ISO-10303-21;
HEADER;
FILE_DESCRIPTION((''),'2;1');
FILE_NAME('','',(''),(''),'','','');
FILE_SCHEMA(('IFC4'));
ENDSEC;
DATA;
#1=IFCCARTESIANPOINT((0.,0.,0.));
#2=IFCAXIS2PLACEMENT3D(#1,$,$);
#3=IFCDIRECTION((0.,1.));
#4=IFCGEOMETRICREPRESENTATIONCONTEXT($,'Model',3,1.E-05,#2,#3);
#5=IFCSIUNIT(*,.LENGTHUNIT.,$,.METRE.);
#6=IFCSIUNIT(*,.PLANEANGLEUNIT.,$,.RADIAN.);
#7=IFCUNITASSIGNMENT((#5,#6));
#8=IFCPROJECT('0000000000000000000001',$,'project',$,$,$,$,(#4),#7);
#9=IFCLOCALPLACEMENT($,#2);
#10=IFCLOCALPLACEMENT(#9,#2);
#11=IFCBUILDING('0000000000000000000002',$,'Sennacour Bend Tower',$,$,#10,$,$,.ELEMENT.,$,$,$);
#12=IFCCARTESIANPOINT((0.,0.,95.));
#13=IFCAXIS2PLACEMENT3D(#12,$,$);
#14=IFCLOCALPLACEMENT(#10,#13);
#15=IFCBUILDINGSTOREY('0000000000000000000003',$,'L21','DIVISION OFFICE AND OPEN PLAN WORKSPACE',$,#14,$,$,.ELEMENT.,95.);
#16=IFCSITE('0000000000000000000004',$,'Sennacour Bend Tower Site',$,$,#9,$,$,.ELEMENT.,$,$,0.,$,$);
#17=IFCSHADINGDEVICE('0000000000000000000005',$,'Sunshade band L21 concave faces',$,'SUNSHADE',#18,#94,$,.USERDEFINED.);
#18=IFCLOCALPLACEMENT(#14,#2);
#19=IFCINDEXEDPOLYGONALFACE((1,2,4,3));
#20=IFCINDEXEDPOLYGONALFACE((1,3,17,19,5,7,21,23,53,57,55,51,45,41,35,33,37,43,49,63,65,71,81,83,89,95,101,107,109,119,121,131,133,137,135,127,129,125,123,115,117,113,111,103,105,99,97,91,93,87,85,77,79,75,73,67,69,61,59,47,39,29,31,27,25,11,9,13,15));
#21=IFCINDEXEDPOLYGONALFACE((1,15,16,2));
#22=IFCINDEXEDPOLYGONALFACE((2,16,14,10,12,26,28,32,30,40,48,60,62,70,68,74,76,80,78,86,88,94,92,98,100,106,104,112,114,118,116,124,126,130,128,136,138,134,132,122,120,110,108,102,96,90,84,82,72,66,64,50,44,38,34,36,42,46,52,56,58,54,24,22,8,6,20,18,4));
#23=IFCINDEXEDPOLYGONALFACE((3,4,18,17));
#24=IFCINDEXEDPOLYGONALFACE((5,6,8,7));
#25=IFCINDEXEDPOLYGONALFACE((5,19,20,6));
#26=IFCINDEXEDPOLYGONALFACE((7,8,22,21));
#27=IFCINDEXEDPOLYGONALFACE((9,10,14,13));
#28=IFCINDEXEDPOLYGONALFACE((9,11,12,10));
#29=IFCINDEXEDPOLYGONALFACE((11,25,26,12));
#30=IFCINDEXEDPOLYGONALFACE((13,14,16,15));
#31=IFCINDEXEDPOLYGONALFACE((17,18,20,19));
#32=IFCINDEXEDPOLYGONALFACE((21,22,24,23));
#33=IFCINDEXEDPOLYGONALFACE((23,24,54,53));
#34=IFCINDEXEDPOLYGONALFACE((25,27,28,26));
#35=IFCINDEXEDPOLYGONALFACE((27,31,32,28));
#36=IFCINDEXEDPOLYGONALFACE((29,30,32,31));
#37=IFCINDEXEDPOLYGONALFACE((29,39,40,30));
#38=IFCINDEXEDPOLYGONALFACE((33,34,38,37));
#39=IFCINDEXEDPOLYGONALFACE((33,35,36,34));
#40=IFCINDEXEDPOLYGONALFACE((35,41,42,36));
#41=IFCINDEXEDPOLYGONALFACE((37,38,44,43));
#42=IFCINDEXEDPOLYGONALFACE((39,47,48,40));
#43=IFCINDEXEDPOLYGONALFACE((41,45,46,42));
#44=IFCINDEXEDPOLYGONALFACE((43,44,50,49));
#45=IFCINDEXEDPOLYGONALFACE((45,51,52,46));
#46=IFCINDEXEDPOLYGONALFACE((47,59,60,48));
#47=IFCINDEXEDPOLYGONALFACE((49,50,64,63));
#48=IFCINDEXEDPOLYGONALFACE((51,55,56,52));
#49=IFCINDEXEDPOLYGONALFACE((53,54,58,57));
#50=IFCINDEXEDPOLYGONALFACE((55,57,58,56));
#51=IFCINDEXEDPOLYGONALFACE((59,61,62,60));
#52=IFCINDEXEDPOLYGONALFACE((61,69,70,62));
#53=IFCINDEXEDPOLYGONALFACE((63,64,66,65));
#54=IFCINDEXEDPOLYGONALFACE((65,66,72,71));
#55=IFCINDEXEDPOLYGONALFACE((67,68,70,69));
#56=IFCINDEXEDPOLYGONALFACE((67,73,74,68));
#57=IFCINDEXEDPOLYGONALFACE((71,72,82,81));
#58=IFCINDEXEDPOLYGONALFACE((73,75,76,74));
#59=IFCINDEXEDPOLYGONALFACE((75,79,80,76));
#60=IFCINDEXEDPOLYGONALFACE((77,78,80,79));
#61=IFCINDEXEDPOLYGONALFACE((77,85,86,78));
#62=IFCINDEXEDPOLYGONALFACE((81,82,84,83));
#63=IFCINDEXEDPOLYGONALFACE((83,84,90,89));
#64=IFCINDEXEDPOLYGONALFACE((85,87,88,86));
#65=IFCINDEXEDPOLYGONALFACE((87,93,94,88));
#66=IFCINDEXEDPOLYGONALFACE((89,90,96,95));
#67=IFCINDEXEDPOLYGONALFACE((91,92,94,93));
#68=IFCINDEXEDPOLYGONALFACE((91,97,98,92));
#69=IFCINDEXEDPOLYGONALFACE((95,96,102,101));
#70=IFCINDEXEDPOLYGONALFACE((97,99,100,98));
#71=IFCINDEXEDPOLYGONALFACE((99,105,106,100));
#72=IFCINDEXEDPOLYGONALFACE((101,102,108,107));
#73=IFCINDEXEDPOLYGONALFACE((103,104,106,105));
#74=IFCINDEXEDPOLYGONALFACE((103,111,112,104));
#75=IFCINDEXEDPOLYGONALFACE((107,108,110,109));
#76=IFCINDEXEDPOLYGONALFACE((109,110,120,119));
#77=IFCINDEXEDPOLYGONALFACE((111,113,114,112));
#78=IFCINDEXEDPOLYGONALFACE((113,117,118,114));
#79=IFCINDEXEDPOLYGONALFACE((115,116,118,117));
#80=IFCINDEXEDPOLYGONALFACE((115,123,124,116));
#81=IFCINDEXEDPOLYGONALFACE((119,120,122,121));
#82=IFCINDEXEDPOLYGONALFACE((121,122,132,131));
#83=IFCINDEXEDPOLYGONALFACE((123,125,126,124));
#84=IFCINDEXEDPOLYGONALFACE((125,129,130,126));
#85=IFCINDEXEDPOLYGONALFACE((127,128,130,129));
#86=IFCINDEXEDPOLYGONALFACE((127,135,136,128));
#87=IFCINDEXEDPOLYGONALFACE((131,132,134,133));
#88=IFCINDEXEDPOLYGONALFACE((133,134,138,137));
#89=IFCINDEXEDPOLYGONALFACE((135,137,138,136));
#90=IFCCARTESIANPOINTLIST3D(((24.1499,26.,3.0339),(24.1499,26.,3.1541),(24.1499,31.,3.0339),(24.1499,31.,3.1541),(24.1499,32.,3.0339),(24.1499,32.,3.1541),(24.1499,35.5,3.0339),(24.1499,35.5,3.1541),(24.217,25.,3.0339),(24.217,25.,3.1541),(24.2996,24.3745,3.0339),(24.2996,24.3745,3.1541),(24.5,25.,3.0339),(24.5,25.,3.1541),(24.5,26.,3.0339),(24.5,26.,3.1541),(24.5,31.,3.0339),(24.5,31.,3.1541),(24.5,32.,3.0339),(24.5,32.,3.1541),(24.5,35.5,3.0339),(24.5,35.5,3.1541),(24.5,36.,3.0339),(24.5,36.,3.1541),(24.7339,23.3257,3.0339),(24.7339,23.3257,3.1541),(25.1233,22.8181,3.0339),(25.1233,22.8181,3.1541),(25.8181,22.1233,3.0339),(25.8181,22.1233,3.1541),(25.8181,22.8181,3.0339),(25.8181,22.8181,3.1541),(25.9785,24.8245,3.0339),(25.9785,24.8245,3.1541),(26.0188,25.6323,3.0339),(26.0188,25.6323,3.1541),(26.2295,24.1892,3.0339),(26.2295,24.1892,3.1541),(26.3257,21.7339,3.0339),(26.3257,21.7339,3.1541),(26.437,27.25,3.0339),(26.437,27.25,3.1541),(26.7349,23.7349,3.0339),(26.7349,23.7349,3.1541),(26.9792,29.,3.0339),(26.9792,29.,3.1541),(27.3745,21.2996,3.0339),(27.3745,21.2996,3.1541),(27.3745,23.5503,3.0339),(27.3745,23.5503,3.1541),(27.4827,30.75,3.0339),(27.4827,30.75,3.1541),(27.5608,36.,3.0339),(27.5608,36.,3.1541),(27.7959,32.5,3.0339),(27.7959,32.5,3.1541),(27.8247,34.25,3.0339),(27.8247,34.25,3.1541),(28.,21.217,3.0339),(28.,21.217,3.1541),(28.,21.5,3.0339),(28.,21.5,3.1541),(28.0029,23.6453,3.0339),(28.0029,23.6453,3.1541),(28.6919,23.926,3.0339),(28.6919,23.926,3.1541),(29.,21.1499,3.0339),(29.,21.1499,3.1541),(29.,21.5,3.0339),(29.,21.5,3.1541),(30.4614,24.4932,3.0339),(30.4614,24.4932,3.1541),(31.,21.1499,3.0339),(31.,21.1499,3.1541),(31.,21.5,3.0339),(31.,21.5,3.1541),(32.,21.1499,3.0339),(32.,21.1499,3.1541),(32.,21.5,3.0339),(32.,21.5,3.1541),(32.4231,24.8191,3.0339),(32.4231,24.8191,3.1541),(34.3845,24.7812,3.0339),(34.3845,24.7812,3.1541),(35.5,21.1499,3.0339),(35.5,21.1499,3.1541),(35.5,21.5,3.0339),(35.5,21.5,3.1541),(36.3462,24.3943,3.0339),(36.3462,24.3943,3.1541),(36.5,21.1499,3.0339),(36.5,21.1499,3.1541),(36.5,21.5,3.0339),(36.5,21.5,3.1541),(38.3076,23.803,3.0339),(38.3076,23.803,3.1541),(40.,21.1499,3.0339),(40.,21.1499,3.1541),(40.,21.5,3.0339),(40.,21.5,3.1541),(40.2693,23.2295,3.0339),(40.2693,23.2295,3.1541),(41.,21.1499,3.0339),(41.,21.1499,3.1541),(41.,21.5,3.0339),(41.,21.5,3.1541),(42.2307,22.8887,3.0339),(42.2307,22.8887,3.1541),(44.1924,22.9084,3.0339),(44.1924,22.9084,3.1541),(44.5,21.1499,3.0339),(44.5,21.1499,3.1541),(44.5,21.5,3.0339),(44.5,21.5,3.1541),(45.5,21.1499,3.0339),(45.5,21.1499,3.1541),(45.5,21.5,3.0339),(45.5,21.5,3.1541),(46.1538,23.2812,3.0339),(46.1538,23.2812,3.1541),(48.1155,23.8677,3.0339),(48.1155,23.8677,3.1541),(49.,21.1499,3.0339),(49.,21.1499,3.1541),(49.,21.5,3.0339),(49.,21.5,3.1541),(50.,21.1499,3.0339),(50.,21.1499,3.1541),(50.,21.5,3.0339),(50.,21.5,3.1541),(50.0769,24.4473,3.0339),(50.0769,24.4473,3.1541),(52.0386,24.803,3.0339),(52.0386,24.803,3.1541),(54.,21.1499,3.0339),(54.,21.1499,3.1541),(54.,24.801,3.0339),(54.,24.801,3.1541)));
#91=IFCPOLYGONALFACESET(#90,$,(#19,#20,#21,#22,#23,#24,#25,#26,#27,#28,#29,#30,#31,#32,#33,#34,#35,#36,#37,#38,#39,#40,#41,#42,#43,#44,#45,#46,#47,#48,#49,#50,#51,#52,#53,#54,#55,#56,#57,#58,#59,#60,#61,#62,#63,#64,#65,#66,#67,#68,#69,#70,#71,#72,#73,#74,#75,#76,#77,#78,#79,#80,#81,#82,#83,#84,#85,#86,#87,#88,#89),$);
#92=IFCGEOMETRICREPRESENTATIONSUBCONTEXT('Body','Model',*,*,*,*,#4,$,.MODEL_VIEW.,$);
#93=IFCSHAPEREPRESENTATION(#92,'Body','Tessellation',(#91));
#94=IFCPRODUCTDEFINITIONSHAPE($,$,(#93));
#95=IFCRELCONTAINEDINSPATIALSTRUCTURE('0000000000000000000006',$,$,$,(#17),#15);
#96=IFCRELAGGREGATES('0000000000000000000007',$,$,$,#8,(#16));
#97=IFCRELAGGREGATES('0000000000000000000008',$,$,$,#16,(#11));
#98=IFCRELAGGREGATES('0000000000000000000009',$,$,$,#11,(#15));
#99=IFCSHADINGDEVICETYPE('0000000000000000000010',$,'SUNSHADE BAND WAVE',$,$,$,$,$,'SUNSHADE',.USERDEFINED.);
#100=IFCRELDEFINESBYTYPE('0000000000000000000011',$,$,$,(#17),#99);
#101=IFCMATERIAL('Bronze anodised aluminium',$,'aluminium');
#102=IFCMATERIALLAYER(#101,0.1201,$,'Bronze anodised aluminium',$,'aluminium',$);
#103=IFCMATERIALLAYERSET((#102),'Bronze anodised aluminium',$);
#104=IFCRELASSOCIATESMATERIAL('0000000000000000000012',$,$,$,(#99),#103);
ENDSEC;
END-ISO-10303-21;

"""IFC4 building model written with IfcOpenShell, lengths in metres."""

from ifc_helpers import new_model, si_unit, direction, frame, origin, place, context, subcontext, project, spatial, polyline, outline, extrude, material, layer, layer_set, type_object, element, save


model = new_model("IFC4")

# Units and contexts
model_context = context("Model", 3, precision=1e-05, world=origin(), true_north=direction((0.0, 1.0)))
body_context = subcontext(model_context, "Body", "Model", "MODEL_VIEW")
ifc_project = project(units=[si_unit("LENGTHUNIT", "METRE"), si_unit("PLANEANGLEUNIT", "RADIAN")], contexts=[model_context])

# Site, building, storey
site_placement = place(None, origin())
site = spatial("IfcSite", under=ifc_project, at=site_placement, Name="Sennacour Bend Tower Site", CompositionType="ELEMENT", RefElevation=0.0)
building_placement = place(site_placement, origin())
building = spatial("IfcBuilding", under=site, at=building_placement, Name="Sennacour Bend Tower", CompositionType="ELEMENT")
storey_placement = place(building_placement, frame((0.0, 0.0, 95.0)))
storey = spatial("IfcBuildingStorey", under=building, at=storey_placement, Name="L21", Description="DIVISION OFFICE AND OPEN PLAN WORKSPACE", CompositionType="ELEMENT", Elevation=95.0)

# Shading device
ifc_material_1 = material(Name="Bronze anodised aluminium", Category="aluminium")
ifc_layer_1 = layer(ifc_material_1, 0.1201, Name="Bronze anodised aluminium", Category="aluminium")
ifc_layer_set_1 = layer_set([ifc_layer_1], Name="Bronze anodised aluminium")
shading_device_type_1 = type_object("IfcShadingDeviceType", Name="SUNSHADE BAND WAVE", ElementType="SUNSHADE", PredefinedType="USERDEFINED", material=ifc_layer_set_1)
shading_device_1_placement = place(storey_placement, frame((0.0, 0.0, 3.0339)))
element("IfcShadingDevice", 1, at=shading_device_1_placement, inside=storey, type_object=shading_device_type_1, Name="Sunshade band L21 concave faces", ObjectType="SUNSHADE", PredefinedType="USERDEFINED", context=body_context, shape_type="SweptSolid", body=[
    extrude(outline(polyline([(54.0, 21.1499), (50.0, 21.1499), (50.0, 21.5), (49.0, 21.5), (49.0, 21.1499), (45.5, 21.1499), (45.5, 21.5), (44.5, 21.5), (44.5, 21.1499), (41.0, 21.1499), (41.0, 21.5), (40.0, 21.5), (40.0, 21.1499), (36.5, 21.1499), (36.5, 21.5), (35.5, 21.5), (35.5, 21.1499), (32.0, 21.1499), (32.0, 21.5), (31.0, 21.5), (31.0, 21.1499), (29.0, 21.1499), (29.0, 21.5), (28.0, 21.5), (28.0, 21.217), (27.3745, 21.2996), (26.3257, 21.7339), (25.8181, 22.1233), (25.8181, 22.8181), (25.1233, 22.8181), (24.7339, 23.3257), (24.2996, 24.3745), (24.217, 25.0), (24.5, 25.0), (24.5, 26.0), (24.1499, 26.0), (24.1499, 31.0), (24.5, 31.0), (24.5, 32.0), (24.1499, 32.0), (24.1499, 35.5), (24.5, 35.5), (24.5, 36.0), (27.5608, 36.0), (27.8247, 34.25), (27.7959, 32.5), (27.4827, 30.75), (26.9792, 29.0), (26.437, 27.25), (26.0188, 25.6323), (25.9785, 24.8245), (26.2295, 24.1892), (26.7349, 23.7349), (27.3745, 23.5503), (28.0029, 23.6453), (28.6919, 23.926), (30.4614, 24.4932), (32.4231, 24.8191), (34.3845, 24.7812), (36.3462, 24.3943), (38.3076, 23.803), (40.2693, 23.2295), (42.2307, 22.8887), (44.1924, 22.9084), (46.1538, 23.2812), (48.1155, 23.8677), (50.0769, 24.4473), (52.0386, 24.803), (54.0, 24.801), (54.0, 21.1499)])), origin(), (0.0, 0.0, 1.0), 0.1201),
])

save(model, "model.ifc")
